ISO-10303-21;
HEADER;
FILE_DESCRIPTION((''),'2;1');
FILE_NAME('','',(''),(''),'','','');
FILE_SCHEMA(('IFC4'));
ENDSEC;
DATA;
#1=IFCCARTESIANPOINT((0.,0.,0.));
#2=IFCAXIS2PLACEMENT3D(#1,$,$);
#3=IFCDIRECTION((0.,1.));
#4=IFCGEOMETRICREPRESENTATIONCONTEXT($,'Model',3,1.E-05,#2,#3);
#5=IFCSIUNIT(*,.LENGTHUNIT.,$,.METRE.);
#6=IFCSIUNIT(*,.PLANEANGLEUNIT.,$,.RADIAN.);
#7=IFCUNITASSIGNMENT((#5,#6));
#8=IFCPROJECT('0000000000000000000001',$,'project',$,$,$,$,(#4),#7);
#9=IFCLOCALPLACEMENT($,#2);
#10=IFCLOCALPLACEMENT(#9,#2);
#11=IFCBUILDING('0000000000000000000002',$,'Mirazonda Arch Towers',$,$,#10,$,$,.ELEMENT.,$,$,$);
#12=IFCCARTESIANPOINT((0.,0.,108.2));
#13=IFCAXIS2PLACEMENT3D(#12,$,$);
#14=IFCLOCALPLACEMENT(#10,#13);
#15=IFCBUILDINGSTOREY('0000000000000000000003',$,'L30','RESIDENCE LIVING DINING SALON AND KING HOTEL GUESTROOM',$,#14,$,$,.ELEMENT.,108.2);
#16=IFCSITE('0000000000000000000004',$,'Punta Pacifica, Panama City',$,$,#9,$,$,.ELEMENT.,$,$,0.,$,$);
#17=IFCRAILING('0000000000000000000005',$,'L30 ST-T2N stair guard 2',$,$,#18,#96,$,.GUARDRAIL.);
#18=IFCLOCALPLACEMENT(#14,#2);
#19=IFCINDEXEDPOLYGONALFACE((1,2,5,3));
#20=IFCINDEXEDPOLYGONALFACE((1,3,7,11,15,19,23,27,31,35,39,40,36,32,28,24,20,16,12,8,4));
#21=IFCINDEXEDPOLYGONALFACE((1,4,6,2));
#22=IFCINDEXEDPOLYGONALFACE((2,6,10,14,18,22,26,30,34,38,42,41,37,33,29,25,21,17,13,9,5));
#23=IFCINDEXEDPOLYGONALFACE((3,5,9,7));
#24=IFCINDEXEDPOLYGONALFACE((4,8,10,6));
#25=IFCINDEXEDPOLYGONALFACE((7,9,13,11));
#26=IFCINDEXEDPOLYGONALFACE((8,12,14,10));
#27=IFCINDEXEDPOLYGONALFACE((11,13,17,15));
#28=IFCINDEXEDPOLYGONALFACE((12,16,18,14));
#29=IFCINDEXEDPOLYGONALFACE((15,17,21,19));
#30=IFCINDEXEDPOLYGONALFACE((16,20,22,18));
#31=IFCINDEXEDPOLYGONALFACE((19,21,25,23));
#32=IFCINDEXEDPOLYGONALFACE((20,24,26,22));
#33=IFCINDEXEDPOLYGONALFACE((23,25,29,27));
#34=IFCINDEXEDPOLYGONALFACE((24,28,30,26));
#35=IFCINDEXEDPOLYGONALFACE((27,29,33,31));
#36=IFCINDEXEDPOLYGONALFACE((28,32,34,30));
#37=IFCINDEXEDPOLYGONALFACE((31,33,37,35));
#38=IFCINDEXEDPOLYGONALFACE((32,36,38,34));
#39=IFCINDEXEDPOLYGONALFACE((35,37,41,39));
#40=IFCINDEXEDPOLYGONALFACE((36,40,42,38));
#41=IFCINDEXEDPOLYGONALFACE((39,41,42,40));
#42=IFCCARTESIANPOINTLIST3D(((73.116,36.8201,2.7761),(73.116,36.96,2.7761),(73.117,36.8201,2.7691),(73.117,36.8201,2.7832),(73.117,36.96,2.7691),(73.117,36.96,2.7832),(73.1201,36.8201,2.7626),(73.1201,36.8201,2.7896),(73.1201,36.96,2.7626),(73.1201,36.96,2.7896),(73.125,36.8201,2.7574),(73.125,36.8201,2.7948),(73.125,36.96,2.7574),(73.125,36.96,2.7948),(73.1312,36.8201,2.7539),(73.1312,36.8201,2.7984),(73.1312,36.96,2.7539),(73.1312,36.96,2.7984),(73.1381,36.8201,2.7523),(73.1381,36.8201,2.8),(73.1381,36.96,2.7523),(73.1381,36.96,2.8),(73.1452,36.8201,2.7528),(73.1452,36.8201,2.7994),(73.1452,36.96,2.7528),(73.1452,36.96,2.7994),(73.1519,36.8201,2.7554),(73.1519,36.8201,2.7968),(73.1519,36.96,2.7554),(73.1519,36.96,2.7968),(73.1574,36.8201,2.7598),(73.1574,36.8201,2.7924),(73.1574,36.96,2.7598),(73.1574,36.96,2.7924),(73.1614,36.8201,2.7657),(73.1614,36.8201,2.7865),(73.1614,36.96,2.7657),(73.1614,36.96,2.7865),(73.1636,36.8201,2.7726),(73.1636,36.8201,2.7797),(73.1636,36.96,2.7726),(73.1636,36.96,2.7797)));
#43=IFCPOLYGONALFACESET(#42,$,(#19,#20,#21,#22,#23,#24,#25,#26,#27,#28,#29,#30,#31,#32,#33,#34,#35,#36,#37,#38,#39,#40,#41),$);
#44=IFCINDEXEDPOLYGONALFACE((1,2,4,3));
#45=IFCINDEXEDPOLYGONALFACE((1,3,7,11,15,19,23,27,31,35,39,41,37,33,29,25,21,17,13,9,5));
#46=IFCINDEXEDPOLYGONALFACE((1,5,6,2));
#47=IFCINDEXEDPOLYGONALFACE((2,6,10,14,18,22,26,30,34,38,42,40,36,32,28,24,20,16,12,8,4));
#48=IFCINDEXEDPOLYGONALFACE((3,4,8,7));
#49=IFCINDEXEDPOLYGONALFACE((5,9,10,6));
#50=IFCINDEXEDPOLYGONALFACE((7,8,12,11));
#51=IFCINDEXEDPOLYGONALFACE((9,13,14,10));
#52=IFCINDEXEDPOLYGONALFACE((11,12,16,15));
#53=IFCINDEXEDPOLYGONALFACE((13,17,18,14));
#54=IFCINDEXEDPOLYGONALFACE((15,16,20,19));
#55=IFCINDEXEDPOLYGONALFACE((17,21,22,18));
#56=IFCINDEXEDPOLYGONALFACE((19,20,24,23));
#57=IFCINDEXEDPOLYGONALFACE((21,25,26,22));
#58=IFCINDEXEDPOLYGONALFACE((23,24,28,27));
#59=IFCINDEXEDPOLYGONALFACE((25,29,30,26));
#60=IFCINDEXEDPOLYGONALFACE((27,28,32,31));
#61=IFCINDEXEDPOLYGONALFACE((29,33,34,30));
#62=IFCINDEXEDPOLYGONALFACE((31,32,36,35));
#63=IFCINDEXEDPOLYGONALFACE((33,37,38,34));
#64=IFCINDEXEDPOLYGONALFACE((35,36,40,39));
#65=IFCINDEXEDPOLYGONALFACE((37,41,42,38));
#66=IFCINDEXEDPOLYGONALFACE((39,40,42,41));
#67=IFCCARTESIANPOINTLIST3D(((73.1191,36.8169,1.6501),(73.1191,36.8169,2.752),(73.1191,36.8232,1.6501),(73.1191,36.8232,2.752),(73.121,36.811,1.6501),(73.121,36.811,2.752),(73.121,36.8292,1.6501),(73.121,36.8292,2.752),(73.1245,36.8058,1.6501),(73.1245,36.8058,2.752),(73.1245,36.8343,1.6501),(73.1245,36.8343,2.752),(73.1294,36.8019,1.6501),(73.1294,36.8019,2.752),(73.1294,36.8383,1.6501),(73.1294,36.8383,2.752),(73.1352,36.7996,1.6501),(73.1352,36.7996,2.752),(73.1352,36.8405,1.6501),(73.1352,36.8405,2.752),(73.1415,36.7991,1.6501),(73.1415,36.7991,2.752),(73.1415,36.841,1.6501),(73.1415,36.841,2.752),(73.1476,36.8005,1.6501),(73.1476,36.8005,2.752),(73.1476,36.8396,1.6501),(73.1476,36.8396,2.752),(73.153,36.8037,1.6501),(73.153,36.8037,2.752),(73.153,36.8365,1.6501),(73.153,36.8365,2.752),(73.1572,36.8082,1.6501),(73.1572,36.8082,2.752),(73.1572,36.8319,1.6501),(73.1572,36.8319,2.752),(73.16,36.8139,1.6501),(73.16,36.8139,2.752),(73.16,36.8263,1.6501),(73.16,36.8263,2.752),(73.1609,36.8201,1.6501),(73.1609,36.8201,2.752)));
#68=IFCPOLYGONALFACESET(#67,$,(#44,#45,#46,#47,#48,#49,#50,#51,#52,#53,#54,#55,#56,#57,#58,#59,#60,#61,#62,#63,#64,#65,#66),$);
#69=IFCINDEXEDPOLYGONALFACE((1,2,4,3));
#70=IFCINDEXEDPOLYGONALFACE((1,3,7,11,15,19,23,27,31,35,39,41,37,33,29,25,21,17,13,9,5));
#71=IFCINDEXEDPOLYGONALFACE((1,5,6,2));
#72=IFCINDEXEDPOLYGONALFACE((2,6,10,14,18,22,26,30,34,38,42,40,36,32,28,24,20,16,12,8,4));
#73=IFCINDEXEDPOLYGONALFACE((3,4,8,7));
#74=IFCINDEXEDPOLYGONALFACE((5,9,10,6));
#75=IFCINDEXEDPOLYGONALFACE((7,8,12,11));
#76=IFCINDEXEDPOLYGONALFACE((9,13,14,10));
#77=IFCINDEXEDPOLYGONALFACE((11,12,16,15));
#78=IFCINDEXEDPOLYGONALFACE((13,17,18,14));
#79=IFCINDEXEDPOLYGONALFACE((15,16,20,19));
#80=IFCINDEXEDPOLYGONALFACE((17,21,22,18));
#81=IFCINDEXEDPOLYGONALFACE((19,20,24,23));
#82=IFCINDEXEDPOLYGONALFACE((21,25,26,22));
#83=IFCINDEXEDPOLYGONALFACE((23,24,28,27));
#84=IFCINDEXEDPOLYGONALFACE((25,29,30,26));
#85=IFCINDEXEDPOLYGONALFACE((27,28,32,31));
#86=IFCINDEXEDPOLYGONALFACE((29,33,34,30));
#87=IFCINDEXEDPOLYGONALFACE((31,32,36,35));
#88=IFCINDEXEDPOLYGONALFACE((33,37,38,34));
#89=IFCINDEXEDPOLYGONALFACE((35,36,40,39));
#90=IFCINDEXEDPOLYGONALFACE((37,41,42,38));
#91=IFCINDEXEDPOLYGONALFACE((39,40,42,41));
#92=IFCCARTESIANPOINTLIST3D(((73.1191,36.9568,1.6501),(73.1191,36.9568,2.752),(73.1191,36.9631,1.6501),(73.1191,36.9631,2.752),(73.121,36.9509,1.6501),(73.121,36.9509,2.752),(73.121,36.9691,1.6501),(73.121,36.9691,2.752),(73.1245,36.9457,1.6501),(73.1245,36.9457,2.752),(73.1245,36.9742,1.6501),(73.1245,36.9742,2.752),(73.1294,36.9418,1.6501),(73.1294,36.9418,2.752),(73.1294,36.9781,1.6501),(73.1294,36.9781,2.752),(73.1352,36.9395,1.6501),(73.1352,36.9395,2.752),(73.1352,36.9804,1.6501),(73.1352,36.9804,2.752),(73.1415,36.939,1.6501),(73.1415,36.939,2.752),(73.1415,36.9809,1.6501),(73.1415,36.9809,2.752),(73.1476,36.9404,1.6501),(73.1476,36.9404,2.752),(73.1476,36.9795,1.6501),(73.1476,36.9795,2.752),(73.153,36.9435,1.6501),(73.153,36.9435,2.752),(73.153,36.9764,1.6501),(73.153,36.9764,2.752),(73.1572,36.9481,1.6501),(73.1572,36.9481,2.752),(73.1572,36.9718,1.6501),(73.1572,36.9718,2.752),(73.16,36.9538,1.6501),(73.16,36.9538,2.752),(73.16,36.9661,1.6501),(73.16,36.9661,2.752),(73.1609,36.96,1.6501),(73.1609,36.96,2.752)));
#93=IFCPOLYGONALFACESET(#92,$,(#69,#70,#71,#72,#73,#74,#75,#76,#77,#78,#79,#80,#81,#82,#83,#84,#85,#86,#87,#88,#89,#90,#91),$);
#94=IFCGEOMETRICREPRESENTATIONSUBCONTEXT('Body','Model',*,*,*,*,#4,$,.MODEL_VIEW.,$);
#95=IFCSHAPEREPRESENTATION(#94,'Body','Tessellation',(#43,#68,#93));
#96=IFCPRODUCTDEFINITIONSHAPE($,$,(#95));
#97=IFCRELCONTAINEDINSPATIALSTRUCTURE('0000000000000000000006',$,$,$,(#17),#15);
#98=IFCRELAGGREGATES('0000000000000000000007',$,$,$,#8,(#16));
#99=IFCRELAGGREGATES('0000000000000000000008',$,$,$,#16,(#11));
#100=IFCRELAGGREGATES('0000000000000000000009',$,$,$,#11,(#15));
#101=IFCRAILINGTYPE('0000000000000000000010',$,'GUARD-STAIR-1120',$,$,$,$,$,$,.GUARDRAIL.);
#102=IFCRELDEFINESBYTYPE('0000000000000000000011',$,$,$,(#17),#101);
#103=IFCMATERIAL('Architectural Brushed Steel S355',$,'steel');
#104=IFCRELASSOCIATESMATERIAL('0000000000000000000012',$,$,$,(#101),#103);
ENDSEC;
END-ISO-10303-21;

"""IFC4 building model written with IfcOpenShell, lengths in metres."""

from ifc_helpers import new_model, si_unit, direction, frame, origin, origin_2d, place, context, subcontext, project, spatial, circle, extrude, material, type_object, element, save


model = new_model("IFC4")

# Units and contexts
model_context = context("Model", 3, precision=1e-05, world=origin(), true_north=direction((0.0, 1.0)))
body_context = subcontext(model_context, "Body", "Model", "MODEL_VIEW")
ifc_project = project(units=[si_unit("LENGTHUNIT", "METRE"), si_unit("PLANEANGLEUNIT", "RADIAN")], contexts=[model_context])

# Site, building, storey
site_placement = place(None, origin())
site = spatial("IfcSite", under=ifc_project, at=site_placement, Name="Punta Pacifica, Panama City", CompositionType="ELEMENT", RefElevation=0.0)
building_placement = place(site_placement, origin())
building = spatial("IfcBuilding", under=site, at=building_placement, Name="Mirazonda Arch Towers", CompositionType="ELEMENT")
storey_placement = place(building_placement, frame((0.0, 0.0, 108.2)))
storey = spatial("IfcBuildingStorey", under=building, at=storey_placement, Name="L30", Description="RESIDENCE LIVING DINING SALON AND KING HOTEL GUESTROOM", CompositionType="ELEMENT", Elevation=108.2)

# Shared definitions
ifc_material_1 = material(Name="Architectural Brushed Steel S355", Category="steel")

# Railing
railing_type_1 = type_object("IfcRailingType", Name="GUARD-STAIR-1120", PredefinedType="GUARDRAIL", material=ifc_material_1)
railing_1_placement = place(storey_placement, frame((73.1399, 36.8201, 1.6501)))
element("IfcRailing", 1, at=railing_1_placement, inside=storey, type_object=railing_type_1, Name="L30 ST-T2N stair guard 2", PredefinedType="GUARDRAIL", context=body_context, shape_type="SweptSolid", body=[
    extrude(circle(Radius=0.0239, at=origin_2d()), frame((0.0, 0.0, 1.126), z_axis=(0.0, 1.0, 0.0), x_axis=(-1.0, 0.0, 0.0)), (0.0, 0.0, 1.0), 0.1399),
    extrude(circle(Radius=0.021, at=origin_2d()), origin(), (0.0, 0.0, 1.0), 1.1018),
    extrude(circle(Radius=0.021, at=origin_2d()), frame((0.0, 0.1399, 0.0)), (0.0, 0.0, 1.0), 1.1018),
])

save(model, "model.ifc")
